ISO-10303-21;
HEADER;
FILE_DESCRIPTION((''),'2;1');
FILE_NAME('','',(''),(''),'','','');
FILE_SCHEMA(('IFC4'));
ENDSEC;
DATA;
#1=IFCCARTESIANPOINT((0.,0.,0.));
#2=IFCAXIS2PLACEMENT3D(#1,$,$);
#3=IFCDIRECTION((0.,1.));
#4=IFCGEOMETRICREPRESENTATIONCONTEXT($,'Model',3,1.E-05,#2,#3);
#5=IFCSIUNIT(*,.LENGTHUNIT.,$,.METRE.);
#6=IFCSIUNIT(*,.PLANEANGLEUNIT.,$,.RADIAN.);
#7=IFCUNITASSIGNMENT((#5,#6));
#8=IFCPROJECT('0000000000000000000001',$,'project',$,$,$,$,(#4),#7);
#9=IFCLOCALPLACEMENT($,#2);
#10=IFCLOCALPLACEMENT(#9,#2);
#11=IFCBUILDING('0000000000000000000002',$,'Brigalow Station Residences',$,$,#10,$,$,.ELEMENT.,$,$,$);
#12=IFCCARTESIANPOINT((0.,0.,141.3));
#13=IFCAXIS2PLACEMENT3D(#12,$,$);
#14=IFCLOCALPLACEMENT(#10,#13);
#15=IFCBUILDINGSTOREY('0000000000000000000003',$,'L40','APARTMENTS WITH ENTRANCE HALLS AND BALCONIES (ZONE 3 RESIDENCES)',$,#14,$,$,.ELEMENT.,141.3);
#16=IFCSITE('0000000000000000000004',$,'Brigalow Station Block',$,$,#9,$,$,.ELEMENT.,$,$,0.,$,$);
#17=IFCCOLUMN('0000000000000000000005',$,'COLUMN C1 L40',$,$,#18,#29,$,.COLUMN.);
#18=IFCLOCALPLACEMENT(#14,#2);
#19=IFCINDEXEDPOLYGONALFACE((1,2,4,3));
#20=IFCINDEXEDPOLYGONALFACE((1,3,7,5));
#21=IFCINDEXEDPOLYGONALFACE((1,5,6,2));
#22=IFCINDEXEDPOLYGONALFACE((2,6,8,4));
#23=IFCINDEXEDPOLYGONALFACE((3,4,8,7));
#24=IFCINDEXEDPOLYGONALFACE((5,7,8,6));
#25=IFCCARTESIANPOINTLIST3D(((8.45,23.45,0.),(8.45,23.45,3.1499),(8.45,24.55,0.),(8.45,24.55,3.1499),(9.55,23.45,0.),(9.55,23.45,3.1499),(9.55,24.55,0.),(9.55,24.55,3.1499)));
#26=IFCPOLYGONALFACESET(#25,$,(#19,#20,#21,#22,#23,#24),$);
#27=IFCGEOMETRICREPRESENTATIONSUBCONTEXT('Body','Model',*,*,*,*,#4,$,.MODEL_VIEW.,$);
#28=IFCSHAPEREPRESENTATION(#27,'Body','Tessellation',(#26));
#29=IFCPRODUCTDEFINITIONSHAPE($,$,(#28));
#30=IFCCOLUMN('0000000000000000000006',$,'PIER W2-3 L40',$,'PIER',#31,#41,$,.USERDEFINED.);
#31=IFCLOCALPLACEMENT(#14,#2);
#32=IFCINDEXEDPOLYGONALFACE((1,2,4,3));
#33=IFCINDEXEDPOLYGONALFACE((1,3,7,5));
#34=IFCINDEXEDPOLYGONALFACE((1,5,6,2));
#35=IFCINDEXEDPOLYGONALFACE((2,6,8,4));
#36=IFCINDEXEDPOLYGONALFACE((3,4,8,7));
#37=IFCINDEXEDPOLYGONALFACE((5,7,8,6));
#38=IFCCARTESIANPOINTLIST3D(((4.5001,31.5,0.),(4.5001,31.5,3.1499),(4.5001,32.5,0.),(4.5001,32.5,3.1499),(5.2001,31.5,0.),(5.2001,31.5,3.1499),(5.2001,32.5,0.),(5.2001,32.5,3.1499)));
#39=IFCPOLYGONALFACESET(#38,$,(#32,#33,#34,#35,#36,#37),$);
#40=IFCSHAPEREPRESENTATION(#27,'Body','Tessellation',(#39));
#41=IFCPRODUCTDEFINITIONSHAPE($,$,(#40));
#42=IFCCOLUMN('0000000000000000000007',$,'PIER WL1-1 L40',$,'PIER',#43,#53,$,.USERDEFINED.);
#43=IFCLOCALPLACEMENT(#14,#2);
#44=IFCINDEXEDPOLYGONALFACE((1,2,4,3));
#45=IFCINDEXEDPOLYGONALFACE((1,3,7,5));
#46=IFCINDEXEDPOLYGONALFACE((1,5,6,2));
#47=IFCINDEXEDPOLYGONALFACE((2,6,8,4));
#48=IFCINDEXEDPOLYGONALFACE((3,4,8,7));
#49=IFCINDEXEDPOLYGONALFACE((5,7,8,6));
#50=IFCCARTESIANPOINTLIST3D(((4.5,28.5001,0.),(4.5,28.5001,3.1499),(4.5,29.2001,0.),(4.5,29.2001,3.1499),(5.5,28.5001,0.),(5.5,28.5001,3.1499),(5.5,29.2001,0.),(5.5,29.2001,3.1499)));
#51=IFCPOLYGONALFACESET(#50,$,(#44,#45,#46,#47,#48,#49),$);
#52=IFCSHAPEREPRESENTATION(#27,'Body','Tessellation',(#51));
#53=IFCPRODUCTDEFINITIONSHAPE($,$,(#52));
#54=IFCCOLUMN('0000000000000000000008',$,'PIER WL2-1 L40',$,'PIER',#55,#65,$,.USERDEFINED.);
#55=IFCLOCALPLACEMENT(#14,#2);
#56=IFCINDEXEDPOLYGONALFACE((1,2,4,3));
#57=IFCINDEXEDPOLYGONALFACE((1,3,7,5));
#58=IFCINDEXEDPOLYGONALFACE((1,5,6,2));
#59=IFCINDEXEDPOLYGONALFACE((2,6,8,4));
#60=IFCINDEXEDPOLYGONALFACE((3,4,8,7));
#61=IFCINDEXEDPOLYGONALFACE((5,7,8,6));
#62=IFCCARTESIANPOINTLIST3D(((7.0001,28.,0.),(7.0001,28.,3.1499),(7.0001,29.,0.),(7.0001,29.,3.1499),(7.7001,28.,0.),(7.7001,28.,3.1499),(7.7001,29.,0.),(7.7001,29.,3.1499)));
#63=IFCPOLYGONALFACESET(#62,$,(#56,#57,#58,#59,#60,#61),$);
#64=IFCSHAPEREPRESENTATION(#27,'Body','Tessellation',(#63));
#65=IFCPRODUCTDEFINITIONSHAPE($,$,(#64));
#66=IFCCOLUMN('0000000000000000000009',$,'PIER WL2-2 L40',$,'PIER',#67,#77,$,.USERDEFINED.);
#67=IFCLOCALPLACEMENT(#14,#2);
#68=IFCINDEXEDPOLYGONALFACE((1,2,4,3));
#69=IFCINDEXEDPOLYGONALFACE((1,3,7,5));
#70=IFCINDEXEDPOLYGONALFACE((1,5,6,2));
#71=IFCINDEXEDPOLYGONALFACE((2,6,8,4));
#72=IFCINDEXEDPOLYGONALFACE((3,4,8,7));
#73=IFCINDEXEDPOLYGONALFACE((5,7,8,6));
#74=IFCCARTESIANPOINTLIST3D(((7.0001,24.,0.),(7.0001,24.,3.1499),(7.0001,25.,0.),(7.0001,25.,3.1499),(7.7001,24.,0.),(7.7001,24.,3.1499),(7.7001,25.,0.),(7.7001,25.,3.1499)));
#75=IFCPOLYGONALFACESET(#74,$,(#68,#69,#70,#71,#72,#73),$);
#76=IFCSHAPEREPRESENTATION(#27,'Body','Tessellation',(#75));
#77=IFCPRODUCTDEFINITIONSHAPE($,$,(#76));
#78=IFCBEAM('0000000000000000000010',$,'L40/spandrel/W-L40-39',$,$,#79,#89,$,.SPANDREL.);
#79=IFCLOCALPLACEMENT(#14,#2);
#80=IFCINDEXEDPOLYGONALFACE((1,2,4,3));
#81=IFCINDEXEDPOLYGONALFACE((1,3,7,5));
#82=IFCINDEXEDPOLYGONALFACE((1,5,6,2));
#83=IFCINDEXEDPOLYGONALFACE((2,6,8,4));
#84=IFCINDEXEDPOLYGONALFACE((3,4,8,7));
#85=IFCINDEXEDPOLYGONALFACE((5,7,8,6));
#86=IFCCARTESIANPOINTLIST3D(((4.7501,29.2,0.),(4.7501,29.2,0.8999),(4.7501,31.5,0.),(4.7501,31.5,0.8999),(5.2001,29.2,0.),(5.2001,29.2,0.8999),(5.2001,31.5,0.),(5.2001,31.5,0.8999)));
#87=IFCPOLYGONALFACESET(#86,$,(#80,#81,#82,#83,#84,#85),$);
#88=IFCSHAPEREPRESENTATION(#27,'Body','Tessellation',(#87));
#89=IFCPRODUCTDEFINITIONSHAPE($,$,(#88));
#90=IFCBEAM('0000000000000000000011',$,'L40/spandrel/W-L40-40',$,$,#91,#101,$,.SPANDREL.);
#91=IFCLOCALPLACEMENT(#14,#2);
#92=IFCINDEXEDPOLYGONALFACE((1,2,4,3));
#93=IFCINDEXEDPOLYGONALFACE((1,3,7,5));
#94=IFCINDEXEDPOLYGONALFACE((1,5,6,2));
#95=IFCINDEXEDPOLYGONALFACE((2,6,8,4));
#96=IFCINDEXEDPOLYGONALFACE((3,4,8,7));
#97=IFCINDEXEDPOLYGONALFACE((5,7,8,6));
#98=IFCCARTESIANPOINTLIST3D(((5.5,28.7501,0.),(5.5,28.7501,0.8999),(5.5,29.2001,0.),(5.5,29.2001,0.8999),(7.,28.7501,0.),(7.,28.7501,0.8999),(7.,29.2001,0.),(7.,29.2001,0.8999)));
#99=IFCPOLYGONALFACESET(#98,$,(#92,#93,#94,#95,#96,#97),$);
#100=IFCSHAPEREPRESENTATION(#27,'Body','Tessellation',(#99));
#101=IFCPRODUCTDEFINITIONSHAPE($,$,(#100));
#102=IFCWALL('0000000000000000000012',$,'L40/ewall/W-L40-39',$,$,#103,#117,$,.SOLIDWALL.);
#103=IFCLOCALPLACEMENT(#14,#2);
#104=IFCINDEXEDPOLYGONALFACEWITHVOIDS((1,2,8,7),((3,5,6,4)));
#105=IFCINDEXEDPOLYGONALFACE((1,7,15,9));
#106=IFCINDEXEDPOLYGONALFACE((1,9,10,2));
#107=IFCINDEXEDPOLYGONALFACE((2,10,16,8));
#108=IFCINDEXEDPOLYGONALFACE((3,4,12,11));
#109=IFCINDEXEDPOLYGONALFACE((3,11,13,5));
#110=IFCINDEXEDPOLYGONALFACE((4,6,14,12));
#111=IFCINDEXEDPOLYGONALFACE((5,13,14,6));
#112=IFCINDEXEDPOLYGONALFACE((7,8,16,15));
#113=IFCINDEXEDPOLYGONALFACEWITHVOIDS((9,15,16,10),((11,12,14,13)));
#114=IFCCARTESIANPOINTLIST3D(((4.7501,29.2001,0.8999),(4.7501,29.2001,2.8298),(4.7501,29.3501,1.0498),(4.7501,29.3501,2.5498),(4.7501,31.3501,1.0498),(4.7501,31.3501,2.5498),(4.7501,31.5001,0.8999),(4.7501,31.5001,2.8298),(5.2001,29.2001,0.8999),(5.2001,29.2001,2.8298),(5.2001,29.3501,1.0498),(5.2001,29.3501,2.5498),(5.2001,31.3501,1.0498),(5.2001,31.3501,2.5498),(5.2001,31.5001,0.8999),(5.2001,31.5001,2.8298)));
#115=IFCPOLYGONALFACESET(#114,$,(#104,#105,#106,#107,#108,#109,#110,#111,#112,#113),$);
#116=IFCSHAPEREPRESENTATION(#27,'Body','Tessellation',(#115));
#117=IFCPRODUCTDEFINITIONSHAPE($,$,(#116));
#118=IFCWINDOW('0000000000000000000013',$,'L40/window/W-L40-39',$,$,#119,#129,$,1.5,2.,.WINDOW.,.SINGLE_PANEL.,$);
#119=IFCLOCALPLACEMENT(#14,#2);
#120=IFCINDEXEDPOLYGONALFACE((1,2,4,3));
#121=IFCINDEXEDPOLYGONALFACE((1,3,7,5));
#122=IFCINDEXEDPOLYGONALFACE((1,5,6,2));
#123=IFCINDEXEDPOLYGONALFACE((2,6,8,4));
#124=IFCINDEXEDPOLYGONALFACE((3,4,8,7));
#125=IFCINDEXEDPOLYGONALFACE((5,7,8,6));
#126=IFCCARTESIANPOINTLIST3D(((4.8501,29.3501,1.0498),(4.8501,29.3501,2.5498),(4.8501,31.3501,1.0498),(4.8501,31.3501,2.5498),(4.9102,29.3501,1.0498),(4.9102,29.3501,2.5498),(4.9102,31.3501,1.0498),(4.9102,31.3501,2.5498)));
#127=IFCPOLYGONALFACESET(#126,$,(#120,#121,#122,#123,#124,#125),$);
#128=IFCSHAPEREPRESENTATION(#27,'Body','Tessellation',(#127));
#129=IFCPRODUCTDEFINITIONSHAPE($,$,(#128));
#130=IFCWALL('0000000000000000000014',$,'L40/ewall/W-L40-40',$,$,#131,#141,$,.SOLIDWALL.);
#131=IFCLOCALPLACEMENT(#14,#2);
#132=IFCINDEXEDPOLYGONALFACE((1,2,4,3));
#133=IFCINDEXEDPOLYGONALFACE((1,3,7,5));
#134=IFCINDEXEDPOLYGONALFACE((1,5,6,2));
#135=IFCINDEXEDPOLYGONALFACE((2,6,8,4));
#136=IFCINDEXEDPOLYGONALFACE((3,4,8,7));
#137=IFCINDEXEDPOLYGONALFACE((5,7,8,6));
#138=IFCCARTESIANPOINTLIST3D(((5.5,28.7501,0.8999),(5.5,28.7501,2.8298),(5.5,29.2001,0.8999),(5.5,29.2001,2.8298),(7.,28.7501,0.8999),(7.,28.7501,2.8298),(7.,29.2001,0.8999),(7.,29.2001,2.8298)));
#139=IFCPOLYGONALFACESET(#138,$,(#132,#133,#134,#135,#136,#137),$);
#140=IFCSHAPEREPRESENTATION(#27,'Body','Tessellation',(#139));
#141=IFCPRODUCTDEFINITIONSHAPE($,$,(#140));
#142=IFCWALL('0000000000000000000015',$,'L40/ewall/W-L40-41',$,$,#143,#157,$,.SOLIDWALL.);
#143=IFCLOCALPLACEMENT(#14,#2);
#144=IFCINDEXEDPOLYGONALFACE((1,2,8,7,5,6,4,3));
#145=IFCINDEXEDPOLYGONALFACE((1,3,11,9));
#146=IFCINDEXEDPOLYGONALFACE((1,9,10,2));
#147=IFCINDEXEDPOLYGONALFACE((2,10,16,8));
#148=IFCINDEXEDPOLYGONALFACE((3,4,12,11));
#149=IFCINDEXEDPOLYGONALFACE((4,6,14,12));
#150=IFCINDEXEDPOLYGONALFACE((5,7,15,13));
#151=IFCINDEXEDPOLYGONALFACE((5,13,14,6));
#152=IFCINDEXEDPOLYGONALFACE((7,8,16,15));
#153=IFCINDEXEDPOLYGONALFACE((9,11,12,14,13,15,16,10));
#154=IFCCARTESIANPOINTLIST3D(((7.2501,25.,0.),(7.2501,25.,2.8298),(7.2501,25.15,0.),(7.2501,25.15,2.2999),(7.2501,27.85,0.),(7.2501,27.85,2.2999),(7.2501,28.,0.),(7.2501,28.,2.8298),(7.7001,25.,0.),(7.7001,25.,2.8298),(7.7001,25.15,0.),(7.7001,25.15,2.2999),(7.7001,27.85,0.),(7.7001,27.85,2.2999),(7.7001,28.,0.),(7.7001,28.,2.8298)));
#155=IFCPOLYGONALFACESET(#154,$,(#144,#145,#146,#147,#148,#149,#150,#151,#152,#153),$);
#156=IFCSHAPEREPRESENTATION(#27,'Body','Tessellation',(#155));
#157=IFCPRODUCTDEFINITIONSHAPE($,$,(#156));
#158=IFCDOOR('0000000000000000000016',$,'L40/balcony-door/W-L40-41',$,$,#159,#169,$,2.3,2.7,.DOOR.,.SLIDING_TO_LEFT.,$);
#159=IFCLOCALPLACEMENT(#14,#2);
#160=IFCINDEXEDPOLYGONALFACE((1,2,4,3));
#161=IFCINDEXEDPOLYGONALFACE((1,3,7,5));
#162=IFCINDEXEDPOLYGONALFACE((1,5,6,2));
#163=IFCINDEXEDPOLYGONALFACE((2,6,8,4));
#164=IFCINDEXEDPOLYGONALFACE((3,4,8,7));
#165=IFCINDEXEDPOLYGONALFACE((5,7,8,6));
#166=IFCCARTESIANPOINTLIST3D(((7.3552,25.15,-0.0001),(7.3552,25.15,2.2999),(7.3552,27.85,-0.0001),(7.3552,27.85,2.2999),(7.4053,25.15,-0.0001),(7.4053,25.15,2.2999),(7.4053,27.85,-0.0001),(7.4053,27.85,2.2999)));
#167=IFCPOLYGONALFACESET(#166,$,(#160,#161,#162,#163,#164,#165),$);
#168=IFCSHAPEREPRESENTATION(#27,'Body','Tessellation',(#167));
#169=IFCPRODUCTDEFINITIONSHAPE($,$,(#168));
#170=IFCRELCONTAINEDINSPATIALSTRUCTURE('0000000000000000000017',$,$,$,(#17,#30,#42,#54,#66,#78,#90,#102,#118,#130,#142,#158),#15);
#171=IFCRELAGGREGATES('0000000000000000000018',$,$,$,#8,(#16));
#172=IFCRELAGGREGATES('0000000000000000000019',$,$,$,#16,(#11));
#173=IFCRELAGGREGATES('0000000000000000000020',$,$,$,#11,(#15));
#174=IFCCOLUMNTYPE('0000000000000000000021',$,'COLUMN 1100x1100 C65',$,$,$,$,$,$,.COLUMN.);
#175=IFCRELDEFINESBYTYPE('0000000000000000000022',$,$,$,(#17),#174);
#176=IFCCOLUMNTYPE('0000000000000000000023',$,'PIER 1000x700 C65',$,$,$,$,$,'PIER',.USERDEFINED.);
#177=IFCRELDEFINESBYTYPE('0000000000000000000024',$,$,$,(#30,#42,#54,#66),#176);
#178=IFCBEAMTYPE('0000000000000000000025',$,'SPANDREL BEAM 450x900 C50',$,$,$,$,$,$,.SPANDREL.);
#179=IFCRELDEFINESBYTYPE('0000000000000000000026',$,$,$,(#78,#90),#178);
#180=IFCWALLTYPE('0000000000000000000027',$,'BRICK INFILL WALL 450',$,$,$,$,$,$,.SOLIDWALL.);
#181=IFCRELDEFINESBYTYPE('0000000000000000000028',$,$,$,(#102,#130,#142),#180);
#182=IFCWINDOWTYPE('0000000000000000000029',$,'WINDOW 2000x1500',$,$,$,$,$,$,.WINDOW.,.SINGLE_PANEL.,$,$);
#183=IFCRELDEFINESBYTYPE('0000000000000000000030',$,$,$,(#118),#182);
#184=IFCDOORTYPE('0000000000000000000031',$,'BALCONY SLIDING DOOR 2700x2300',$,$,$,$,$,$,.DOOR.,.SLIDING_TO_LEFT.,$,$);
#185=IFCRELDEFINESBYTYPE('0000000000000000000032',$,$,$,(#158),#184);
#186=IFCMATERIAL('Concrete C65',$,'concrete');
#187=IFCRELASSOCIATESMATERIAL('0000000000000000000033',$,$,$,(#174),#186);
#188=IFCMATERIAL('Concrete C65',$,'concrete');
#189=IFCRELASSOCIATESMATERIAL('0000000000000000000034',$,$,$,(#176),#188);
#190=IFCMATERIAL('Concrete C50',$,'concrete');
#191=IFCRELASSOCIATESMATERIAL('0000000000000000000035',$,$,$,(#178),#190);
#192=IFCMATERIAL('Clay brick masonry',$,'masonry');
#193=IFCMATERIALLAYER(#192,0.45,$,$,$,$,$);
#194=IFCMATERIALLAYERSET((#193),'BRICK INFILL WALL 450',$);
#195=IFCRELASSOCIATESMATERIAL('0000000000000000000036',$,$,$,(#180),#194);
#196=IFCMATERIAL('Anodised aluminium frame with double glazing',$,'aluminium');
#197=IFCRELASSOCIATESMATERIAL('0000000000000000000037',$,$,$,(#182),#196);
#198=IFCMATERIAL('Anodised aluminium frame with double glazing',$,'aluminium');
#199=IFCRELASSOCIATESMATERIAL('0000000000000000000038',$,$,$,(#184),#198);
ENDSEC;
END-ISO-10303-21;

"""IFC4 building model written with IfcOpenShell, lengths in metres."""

from ifc_helpers import new_model, si_unit, direction, frame, frame_2d, origin, origin_2d, place, context, subcontext, project, spatial, rectangle, extrude, material, layer, layer_set, material_profile, profile_set, type_object, element, fill, save


model = new_model("IFC4")

# Units and contexts
model_context = context("Model", 3, precision=1e-05, world=origin(), true_north=direction((0.0, 1.0)))
body_context = subcontext(model_context, "Body", "Model", "MODEL_VIEW")
ifc_project = project(units=[si_unit("LENGTHUNIT", "METRE"), si_unit("PLANEANGLEUNIT", "RADIAN")], contexts=[model_context])

# Site, building, storey
site_placement = place(None, origin())
site = spatial("IfcSite", under=ifc_project, at=site_placement, Name="Brigalow Station Block", CompositionType="ELEMENT", RefElevation=0.0)
building_placement = place(site_placement, origin())
building = spatial("IfcBuilding", under=site, at=building_placement, Name="Brigalow Station Residences", CompositionType="ELEMENT")
storey_placement = place(building_placement, frame((0.0, 0.0, 141.3)))
storey = spatial("IfcBuildingStorey", under=building, at=storey_placement, Name="L40", Description="APARTMENTS WITH ENTRANCE HALLS AND BALCONIES (ZONE 3 RESIDENCES)", CompositionType="ELEMENT", Elevation=141.3)

# Columns
ifc_material_1 = material(Name="Concrete C65", Category="concrete")
ifc_material_profile_1 = material_profile(ifc_material_1, rectangle(XDim=1.1001, YDim=1.1001, at=origin_2d()), Name="RC1100x1100")
ifc_profile_set_1 = profile_set([ifc_material_profile_1], Name="Concrete C65")
column_type_1 = type_object("IfcColumnType", Name="COLUMN 1100x1100 C65", PredefinedType="COLUMN", material=ifc_profile_set_1)
column_placement = place(storey_placement, frame((9.0, 24.0, 0.0), z_axis=(0.0, 0.0, 1.0), x_axis=(1.0, 0.0, 0.0)))
element("IfcColumn", 1, at=column_placement, inside=storey, type_object=column_type_1, Name="COLUMN C1 L40", PredefinedType="COLUMN", context=body_context, shape_type="SweptSolid", body=[
    extrude(rectangle(XDim=1.1001, YDim=1.1001, at=origin_2d()), origin(), (0.0, 0.0, 1.0), 3.1499),
])
ifc_material_2 = material(Name="Concrete C65", Category="concrete")
ifc_material_profile_2 = material_profile(ifc_material_2, rectangle(XDim=1.0, YDim=0.7, at=origin_2d()), Name="RC1000x700")
ifc_profile_set_2 = profile_set([ifc_material_profile_2], Name="Concrete C65")
column_type_2 = type_object("IfcColumnType", Name="PIER 1000x700 C65", ElementType="PIER", PredefinedType="USERDEFINED", material=ifc_profile_set_2)
for number, where, z_axis, x_axis, name in (
    (2, (4.8501, 32.0, 0.0), (0.0, 0.0, 1.0), (0.0, -1.0, 0.0), "PIER W2-3 L40"),
    (3, (5.0, 28.8501, 0.0), (0.0, 0.0, 1.0), (1.0, 0.0, 0.0), "PIER WL1-1 L40"),
    (4, (7.3501, 28.5, 0.0), (0.0, 0.0, 1.0), (0.0, -1.0, 0.0), "PIER WL2-1 L40"),
    (5, (7.3501, 24.5, 0.0), (0.0, 0.0, 1.0), (0.0, -1.0, 0.0), "PIER WL2-2 L40"),
):
    element("IfcColumn", number, at=place(storey_placement, frame(where, z_axis=z_axis, x_axis=x_axis)), inside=storey, type_object=column_type_2, Name=name, ObjectType="PIER", PredefinedType="USERDEFINED", context=body_context, shape_type="SweptSolid", body=[
        extrude(rectangle(XDim=1.0, YDim=0.7, at=origin_2d()), origin(), (0.0, 0.0, 1.0), 3.1499),
    ])

# Beams
ifc_material_3 = material(Name="Concrete C50", Category="concrete")
ifc_material_profile_3 = material_profile(ifc_material_3, rectangle(XDim=0.45, YDim=0.8999, at=origin_2d()), Name="RC450x900")
ifc_profile_set_3 = profile_set([ifc_material_profile_3], Name="Concrete C50")
beam_type = type_object("IfcBeamType", Name="SPANDREL BEAM 450x900 C50", PredefinedType="SPANDREL", material=ifc_profile_set_3)
beam_1_placement = place(storey_placement, frame((4.9751, 31.5, 0.45), z_axis=(0.0, -1.0, 0.0), x_axis=(1.0, 0.0, 0.0)))
element("IfcBeam", 6, at=beam_1_placement, inside=storey, type_object=beam_type, Name="L40/spandrel/W-L40-39", PredefinedType="SPANDREL", context=body_context, shape_type="SweptSolid", body=[
    extrude(rectangle(XDim=0.45, YDim=0.8999, at=origin_2d()), origin(), (0.0, 0.0, 1.0), 2.3),
])
beam_2_placement = place(storey_placement, frame((5.5, 28.9751, 0.45), z_axis=(1.0, 0.0, 0.0), x_axis=(0.0, 1.0, 0.0)))
element("IfcBeam", 7, at=beam_2_placement, inside=storey, type_object=beam_type, Name="L40/spandrel/W-L40-40", PredefinedType="SPANDREL", context=body_context, shape_type="SweptSolid", body=[
    extrude(rectangle(XDim=0.45, YDim=0.8999, at=origin_2d()), origin(), (0.0, 0.0, 1.0), 1.5),
])

# Wall, opening, window
ifc_material_4 = material(Name="Clay brick masonry", Category="masonry")
ifc_layer_1 = layer(ifc_material_4, 0.45)
ifc_layer_set_1 = layer_set([ifc_layer_1], Name="BRICK INFILL WALL 450")
wall_type_1 = type_object("IfcWallType", Name="BRICK INFILL WALL 450", PredefinedType="SOLIDWALL", material=ifc_layer_set_1)
wall_1_placement = place(storey_placement, frame((4.9751, 31.5, 0.8999), z_axis=(0.0, 0.0, 1.0), x_axis=(0.0, -1.0, 0.0)))
wall_1 = element("IfcWall", 8, at=wall_1_placement, inside=storey, type_object=wall_type_1, Name="L40/ewall/W-L40-39", PredefinedType="SOLIDWALL", context=body_context, shape_type="SweptSolid", body=[
    extrude(rectangle(XDim=2.3, YDim=0.45, at=frame_2d((1.1499, 0.0))), origin(), (0.0, 0.0, 1.0), 1.9299),
])
opening_1_placement = place(wall_1_placement, frame((0.1499, 0.0, 0.1499)))
opening_1 = element("IfcOpeningElement", 9, at=opening_1_placement, cuts=wall_1, PredefinedType="OPENING", context=body_context, shape_type="SweptSolid", body=[
    extrude(rectangle(XDim=2.0, YDim=1.5, at=frame_2d((1.0, 0.75))), frame((0.0, 0.2349, 0.0), z_axis=(0.0, -1.0, 0.0), x_axis=(1.0, 0.0, 0.0)), (0.0, 0.0, 1.0), 0.47),
])
ifc_material_5 = material(Name="Anodised aluminium frame with double glazing", Category="aluminium")
window_type = type_object("IfcWindowType", Name="WINDOW 2000x1500", PartitioningType="SINGLE_PANEL", PredefinedType="WINDOW", material=ifc_material_5)
window_placement = place(opening_1_placement, origin())
window = element("IfcWindow", 10, at=window_placement, inside=storey, type_object=window_type, Name="L40/window/W-L40-39", OverallHeight=1.5, OverallWidth=2.0, PartitioningType="SINGLE_PANEL", PredefinedType="WINDOW", context=body_context, shape_type="SweptSolid", body=[
    extrude(rectangle(XDim=2.0, YDim=1.5, at=frame_2d((1.0, 0.75))), frame((0.0, -0.0649, 0.0), z_axis=(0.0, -1.0, 0.0), x_axis=(1.0, 0.0, 0.0)), (0.0, 0.0, 1.0), 0.0601),
])
fill(opening_1, window)

# Wall
wall_2_placement = place(storey_placement, frame((5.5, 28.9751, 0.8999), z_axis=(0.0, 0.0, 1.0), x_axis=(1.0, 0.0, 0.0)))
element("IfcWall", 11, at=wall_2_placement, inside=storey, type_object=wall_type_1, Name="L40/ewall/W-L40-40", PredefinedType="SOLIDWALL", context=body_context, shape_type="SweptSolid", body=[
    extrude(rectangle(XDim=1.5, YDim=0.45, at=frame_2d((0.75, 0.0))), origin(), (0.0, 0.0, 1.0), 1.9299),
])

# Wall, opening, door
wall_3_placement = place(storey_placement, frame((7.4751, 28.0, 0.0), z_axis=(0.0, 0.0, 1.0), x_axis=(0.0, -1.0, 0.0)))
wall_3 = element("IfcWall", 12, at=wall_3_placement, inside=storey, type_object=wall_type_1, Name="L40/ewall/W-L40-41", PredefinedType="SOLIDWALL", context=body_context, shape_type="SweptSolid", body=[
    extrude(rectangle(XDim=3.0, YDim=0.45, at=frame_2d((1.5, 0.0))), origin(), (0.0, 0.0, 1.0), 2.8298),
])
opening_2_placement = place(wall_3_placement, frame((0.1499, 0.0, 0.0)))
opening_2 = element("IfcOpeningElement", 13, at=opening_2_placement, cuts=wall_3, PredefinedType="OPENING", context=body_context, shape_type="SweptSolid", body=[
    extrude(rectangle(XDim=2.7, YDim=2.3, at=frame_2d((1.3501, 1.1499))), frame((0.0, 0.2349, 0.0), z_axis=(0.0, -1.0, 0.0), x_axis=(1.0, 0.0, 0.0)), (0.0, 0.0, 1.0), 0.47),
])
ifc_material_6 = material(Name="Anodised aluminium frame with double glazing", Category="aluminium")
door_type_1 = type_object("IfcDoorType", Name="BALCONY SLIDING DOOR 2700x2300", OperationType="SLIDING_TO_LEFT", PredefinedType="DOOR", material=ifc_material_6)
door_1_placement = place(opening_2_placement, origin())
door_1 = element("IfcDoor", 14, at=door_1_placement, inside=storey, type_object=door_type_1, Name="L40/balcony-door/W-L40-41", OperationType="SLIDING_TO_LEFT", OverallHeight=2.3, OverallWidth=2.7, PredefinedType="DOOR", context=body_context, shape_type="SweptSolid", body=[
    extrude(rectangle(XDim=2.7, YDim=2.3, at=frame_2d((1.3501, 1.1499))), frame((0.0, -0.0698, 0.0), z_axis=(0.0, -1.0, 0.0), x_axis=(1.0, 0.0, 0.0)), (0.0, 0.0, 1.0), 0.05),
])
fill(opening_2, door_1)

save(model, "model.ifc")
